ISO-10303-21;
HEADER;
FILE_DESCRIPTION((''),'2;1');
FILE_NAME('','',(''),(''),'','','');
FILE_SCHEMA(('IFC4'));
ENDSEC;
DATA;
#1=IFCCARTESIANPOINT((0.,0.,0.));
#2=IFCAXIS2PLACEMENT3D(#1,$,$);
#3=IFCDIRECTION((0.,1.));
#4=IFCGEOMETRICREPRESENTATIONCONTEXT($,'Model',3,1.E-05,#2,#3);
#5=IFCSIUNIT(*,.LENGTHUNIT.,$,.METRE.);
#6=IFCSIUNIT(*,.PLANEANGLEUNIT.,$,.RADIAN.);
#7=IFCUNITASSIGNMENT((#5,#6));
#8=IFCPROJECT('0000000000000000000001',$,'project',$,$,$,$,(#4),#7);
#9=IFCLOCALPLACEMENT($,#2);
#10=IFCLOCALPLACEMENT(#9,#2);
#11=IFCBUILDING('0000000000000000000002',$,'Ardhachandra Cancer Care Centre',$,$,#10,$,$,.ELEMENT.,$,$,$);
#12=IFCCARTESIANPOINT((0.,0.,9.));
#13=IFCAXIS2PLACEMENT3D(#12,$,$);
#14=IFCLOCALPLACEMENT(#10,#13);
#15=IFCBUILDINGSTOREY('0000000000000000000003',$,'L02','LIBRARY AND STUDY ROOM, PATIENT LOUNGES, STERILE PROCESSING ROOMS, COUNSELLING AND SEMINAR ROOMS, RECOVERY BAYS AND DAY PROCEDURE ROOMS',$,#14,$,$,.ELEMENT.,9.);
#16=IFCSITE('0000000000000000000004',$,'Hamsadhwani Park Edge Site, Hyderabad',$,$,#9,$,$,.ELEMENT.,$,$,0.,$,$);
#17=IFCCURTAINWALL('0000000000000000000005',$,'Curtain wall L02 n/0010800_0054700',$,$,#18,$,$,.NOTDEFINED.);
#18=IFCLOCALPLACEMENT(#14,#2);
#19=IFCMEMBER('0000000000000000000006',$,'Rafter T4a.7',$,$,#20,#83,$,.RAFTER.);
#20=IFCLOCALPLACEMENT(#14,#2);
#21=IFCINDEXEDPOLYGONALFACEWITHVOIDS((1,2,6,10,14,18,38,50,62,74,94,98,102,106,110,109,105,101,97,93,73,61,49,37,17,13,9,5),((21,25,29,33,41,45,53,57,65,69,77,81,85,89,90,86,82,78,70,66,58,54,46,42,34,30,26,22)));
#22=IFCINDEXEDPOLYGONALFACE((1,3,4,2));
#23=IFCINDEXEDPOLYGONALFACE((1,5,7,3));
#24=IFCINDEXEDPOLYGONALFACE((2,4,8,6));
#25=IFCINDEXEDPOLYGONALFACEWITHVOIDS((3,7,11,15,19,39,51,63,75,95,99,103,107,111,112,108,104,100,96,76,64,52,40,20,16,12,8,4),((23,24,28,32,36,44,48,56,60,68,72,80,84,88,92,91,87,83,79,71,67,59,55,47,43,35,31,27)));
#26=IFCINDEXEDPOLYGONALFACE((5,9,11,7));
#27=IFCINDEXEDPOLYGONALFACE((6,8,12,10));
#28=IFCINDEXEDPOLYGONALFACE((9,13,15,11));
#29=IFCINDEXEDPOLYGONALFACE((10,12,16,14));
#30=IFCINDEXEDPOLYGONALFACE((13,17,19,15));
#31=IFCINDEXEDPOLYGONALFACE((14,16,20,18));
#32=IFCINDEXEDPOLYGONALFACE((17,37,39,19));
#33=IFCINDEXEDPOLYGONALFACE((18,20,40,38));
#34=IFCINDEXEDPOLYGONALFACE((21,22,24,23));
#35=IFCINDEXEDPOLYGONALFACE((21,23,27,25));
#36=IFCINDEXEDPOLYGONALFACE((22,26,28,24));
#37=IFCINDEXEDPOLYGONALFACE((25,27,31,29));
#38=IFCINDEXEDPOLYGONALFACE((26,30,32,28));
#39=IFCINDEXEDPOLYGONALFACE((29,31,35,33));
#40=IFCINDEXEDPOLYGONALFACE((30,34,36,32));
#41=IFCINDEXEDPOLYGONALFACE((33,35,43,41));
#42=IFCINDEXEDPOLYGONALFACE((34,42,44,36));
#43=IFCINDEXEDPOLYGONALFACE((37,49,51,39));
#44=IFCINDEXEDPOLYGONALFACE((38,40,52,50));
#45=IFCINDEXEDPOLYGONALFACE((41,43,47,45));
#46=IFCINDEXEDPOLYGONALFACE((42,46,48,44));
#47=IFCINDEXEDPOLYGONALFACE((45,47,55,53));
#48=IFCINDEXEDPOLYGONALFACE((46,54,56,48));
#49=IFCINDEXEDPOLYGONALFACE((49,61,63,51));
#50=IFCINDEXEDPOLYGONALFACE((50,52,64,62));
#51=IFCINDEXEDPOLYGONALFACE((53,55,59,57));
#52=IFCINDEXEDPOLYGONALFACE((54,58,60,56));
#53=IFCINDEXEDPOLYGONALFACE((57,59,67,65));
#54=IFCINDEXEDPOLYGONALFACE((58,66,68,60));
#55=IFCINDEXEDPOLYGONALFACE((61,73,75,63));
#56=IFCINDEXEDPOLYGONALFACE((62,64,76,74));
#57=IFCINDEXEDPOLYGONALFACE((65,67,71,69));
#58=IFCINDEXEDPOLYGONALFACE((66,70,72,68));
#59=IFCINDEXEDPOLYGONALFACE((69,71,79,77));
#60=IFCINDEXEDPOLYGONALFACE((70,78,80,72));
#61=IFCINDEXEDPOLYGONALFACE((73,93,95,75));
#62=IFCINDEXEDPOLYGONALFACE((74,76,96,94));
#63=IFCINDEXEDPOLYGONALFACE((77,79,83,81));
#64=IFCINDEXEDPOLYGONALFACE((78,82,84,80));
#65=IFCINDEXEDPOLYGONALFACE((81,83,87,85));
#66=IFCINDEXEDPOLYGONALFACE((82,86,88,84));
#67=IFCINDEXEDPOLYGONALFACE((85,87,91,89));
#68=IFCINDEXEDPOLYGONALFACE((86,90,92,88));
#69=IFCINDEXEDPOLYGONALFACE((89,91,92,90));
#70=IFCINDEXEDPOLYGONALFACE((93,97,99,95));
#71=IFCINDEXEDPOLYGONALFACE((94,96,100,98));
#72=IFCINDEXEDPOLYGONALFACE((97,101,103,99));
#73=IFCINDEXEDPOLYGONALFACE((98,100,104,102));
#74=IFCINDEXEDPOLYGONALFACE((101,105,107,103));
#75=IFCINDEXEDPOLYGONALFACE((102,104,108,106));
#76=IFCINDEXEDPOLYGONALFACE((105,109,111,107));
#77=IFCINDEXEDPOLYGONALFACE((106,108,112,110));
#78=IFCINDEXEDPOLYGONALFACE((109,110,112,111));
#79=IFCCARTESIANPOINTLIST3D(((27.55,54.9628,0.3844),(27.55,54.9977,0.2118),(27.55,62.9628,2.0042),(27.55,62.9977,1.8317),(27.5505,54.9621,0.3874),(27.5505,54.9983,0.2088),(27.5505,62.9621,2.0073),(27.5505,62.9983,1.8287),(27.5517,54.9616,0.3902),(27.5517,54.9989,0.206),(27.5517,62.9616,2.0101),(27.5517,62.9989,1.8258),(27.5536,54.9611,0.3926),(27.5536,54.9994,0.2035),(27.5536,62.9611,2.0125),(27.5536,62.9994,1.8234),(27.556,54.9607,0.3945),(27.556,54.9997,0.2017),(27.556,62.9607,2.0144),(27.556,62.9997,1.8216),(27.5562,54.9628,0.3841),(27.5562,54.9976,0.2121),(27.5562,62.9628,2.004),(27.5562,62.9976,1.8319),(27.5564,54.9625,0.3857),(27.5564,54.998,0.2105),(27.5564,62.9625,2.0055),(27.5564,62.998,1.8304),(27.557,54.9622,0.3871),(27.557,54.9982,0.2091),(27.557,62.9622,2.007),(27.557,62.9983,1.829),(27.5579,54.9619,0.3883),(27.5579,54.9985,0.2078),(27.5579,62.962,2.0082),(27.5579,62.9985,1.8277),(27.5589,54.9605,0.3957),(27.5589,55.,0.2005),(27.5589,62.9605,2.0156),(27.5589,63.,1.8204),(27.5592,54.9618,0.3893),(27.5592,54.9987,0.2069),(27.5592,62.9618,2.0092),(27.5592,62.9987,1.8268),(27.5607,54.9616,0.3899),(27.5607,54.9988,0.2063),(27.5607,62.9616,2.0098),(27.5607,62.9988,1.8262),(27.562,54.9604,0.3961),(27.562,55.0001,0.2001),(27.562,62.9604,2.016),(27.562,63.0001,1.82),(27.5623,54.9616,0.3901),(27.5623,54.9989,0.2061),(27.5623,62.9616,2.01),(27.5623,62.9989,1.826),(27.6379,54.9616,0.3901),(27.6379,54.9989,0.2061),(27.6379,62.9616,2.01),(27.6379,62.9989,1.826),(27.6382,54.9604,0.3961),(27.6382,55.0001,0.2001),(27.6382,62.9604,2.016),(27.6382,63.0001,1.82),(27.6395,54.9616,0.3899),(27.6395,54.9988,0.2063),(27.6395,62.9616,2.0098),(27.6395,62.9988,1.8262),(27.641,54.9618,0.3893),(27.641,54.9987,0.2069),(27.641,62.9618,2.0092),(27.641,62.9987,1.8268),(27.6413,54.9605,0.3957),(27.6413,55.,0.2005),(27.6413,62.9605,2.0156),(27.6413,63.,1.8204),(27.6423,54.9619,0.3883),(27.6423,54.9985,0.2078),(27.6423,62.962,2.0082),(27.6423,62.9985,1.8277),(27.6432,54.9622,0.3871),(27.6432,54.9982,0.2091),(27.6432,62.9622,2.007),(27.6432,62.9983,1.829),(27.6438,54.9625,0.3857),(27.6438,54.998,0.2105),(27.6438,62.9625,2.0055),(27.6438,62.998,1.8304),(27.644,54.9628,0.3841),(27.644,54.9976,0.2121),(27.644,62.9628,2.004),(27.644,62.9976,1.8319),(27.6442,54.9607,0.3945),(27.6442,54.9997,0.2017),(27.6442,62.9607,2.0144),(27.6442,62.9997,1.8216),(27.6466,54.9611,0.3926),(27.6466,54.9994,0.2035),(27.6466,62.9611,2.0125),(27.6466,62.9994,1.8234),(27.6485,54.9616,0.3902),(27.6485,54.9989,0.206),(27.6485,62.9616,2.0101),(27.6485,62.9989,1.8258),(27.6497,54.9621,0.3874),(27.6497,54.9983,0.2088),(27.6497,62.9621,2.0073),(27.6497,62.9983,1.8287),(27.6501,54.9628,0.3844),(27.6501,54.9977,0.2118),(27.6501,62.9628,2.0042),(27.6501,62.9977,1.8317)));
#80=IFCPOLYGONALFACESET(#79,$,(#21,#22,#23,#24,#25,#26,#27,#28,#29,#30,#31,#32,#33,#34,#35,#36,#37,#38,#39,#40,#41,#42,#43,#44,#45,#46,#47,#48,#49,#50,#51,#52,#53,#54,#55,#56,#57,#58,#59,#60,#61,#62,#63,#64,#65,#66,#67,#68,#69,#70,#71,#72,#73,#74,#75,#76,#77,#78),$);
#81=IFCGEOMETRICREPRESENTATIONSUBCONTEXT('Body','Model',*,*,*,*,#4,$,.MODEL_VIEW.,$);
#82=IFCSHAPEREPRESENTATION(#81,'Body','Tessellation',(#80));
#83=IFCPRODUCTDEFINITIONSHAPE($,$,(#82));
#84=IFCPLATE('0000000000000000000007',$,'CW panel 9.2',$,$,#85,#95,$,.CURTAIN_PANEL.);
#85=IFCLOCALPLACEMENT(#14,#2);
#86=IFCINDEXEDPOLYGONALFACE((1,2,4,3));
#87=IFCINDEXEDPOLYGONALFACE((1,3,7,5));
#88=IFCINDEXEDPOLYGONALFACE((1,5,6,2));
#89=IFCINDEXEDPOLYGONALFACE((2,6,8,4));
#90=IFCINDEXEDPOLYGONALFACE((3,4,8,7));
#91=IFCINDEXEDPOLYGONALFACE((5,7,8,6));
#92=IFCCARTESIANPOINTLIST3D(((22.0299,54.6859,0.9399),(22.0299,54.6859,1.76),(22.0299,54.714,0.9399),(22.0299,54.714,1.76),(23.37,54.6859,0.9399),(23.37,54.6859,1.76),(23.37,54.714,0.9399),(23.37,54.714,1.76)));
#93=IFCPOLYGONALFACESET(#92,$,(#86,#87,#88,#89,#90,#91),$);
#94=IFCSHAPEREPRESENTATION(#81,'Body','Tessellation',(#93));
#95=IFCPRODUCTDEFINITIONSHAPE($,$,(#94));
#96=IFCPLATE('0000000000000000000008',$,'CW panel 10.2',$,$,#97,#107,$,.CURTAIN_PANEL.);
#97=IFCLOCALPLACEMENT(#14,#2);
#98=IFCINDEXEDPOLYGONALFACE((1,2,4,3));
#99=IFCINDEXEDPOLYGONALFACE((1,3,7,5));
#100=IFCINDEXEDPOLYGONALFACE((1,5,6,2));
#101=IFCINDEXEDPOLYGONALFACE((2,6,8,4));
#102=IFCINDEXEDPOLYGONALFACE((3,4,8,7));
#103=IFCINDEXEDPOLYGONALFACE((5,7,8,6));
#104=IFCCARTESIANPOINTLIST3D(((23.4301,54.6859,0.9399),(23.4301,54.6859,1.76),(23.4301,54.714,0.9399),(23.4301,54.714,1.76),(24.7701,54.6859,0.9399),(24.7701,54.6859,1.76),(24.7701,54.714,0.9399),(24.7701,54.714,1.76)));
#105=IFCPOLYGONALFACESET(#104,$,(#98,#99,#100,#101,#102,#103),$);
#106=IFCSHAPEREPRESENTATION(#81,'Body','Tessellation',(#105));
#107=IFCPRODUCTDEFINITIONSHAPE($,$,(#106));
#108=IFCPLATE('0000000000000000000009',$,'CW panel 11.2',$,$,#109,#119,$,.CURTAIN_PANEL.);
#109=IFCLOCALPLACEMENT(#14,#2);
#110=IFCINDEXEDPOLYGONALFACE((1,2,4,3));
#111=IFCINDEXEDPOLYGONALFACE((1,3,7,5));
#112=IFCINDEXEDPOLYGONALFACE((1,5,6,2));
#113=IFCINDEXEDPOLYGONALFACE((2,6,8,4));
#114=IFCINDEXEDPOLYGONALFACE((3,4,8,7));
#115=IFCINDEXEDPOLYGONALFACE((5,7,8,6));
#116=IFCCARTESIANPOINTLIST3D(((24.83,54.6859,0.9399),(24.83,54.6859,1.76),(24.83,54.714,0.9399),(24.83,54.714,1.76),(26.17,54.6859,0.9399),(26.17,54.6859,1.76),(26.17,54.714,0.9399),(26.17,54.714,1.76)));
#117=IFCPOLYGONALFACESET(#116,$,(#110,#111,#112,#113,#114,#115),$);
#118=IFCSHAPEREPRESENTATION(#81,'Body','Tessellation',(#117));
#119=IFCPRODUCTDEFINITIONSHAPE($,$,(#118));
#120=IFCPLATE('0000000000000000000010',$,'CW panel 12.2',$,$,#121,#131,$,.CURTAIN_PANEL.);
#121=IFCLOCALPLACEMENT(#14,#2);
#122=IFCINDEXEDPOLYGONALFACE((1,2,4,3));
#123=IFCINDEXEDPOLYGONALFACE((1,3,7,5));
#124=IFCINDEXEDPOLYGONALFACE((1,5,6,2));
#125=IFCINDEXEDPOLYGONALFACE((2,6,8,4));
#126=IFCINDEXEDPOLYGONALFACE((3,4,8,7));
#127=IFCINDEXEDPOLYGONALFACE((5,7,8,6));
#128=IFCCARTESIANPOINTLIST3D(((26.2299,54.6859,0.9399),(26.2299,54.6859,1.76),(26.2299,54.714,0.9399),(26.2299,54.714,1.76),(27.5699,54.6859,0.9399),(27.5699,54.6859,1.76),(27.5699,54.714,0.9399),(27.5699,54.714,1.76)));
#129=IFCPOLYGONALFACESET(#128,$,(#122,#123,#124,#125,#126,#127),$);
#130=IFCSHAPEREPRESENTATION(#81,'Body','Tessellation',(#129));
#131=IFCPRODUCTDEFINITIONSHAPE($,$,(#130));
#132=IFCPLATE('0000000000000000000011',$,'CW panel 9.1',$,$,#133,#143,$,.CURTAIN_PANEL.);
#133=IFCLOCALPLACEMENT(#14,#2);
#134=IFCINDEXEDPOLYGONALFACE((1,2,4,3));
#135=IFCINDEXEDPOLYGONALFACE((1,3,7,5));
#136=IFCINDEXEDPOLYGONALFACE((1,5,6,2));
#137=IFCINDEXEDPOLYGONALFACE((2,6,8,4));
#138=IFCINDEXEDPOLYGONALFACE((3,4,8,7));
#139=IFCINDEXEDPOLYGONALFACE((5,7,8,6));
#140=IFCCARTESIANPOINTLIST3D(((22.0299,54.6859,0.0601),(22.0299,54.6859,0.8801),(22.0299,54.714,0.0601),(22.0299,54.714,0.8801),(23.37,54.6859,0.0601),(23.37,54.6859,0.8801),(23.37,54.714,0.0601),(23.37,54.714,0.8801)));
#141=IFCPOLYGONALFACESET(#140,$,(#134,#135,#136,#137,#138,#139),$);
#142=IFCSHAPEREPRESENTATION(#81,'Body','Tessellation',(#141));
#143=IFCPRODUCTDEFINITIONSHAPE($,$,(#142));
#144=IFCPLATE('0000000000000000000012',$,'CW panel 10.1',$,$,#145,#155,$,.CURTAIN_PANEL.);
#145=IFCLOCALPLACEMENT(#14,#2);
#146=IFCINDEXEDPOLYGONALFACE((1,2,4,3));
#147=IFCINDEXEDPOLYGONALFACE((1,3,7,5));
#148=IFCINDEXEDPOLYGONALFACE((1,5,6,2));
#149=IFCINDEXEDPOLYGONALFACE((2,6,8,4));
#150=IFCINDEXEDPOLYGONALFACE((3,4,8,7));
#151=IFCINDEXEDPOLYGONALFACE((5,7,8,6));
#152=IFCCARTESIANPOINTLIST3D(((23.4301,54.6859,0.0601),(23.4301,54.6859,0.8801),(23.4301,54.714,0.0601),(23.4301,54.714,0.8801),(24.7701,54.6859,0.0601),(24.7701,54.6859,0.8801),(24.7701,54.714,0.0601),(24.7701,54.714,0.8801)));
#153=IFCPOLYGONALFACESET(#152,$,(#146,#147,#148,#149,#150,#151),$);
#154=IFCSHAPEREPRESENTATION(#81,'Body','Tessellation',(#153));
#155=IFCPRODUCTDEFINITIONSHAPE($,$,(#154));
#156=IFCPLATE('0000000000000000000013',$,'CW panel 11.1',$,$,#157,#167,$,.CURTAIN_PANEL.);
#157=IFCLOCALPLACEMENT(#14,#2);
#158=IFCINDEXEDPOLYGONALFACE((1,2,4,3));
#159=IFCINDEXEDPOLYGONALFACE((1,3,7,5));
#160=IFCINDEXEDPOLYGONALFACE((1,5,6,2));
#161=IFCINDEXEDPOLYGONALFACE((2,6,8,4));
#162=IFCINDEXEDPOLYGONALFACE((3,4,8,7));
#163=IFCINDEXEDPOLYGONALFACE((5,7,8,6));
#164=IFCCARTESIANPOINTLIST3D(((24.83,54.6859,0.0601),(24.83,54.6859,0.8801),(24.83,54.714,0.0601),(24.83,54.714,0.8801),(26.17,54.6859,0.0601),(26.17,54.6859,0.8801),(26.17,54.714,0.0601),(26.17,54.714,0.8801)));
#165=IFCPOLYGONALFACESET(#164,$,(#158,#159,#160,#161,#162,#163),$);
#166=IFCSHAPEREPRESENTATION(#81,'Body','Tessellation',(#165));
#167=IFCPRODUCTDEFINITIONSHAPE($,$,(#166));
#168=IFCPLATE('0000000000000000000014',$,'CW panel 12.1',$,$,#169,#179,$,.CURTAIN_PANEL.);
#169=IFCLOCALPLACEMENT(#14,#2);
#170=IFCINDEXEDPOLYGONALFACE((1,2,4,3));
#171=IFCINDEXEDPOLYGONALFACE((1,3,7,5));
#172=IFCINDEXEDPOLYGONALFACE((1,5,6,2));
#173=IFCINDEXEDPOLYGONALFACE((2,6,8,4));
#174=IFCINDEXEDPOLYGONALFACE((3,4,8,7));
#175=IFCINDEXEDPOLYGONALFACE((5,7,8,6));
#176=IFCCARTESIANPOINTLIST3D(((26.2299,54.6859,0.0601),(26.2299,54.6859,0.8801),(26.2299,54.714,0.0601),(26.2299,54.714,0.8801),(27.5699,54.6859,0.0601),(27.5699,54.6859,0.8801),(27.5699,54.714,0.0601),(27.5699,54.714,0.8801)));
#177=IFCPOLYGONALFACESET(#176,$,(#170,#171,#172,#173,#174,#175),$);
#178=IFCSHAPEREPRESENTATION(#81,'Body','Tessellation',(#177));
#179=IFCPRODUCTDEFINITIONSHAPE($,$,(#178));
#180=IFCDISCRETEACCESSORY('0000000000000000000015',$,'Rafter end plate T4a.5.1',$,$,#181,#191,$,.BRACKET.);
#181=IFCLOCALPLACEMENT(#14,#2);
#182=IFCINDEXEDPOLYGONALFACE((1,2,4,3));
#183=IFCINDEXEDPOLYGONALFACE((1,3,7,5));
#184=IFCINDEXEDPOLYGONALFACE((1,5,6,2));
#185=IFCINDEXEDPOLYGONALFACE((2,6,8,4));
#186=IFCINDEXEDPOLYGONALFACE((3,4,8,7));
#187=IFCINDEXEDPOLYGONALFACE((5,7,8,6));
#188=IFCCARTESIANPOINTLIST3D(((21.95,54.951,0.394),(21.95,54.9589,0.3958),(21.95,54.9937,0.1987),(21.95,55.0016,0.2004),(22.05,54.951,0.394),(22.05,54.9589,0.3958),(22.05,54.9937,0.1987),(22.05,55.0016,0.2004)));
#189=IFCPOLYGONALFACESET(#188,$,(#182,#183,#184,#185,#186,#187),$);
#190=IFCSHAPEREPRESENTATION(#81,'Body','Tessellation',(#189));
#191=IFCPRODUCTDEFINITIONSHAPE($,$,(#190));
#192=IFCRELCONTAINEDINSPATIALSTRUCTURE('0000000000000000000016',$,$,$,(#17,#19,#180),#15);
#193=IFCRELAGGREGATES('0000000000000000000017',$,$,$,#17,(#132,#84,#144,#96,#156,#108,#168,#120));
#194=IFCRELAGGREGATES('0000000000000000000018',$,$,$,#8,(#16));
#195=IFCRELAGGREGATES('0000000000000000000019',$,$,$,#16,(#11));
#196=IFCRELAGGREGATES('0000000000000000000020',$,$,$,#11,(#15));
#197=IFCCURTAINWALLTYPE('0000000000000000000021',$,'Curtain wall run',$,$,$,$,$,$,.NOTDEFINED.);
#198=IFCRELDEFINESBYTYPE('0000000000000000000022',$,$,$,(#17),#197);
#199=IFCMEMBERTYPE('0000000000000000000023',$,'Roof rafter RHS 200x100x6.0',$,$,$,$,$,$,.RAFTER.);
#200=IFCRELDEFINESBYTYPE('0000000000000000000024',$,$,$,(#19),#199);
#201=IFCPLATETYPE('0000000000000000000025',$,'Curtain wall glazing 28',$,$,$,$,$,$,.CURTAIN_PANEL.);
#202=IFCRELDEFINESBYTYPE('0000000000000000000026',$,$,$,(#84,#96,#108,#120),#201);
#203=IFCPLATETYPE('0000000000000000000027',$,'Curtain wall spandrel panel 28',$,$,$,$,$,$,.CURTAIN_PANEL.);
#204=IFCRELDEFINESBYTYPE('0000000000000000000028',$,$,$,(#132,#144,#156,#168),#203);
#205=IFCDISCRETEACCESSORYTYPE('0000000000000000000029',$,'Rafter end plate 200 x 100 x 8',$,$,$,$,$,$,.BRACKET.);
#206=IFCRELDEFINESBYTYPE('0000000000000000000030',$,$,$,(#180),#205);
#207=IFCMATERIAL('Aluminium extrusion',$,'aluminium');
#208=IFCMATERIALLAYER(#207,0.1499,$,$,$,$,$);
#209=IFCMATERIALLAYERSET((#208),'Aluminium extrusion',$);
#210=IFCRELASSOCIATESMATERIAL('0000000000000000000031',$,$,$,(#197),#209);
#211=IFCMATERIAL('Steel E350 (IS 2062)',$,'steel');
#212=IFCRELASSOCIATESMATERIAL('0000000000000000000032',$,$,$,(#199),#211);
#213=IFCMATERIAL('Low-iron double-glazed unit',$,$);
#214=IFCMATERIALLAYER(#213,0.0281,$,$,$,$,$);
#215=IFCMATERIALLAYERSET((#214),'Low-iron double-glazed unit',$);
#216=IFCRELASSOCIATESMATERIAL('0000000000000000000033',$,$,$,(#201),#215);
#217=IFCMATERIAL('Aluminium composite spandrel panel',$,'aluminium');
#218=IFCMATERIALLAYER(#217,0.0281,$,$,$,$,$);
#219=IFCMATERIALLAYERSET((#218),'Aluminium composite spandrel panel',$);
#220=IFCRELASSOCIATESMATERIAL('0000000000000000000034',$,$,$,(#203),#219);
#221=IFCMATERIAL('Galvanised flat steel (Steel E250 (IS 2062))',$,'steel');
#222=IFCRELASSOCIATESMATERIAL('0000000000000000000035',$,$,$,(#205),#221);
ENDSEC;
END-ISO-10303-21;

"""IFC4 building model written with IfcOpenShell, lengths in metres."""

from ifc_helpers import new_model, si_unit, direction, frame, origin, origin_2d, place, context, subcontext, project, spatial, rectangle, hollow_rectangle, extrude, material, layer, layer_set, material_profile, profile_set, type_object, element, aggregate, save


model = new_model("IFC4")

# Units and contexts
model_context = context("Model", 3, precision=1e-05, world=origin(), true_north=direction((0.0, 1.0)))
body_context = subcontext(model_context, "Body", "Model", "MODEL_VIEW")
ifc_project = project(units=[si_unit("LENGTHUNIT", "METRE"), si_unit("PLANEANGLEUNIT", "RADIAN")], contexts=[model_context])

# Site, building, storey
site_placement = place(None, origin())
site = spatial("IfcSite", under=ifc_project, at=site_placement, Name="Hamsadhwani Park Edge Site, Hyderabad", CompositionType="ELEMENT", RefElevation=0.0)
building_placement = place(site_placement, origin())
building = spatial("IfcBuilding", under=site, at=building_placement, Name="Ardhachandra Cancer Care Centre", CompositionType="ELEMENT")
storey_placement = place(building_placement, frame((0.0, 0.0, 9.0)))
storey = spatial("IfcBuildingStorey", under=building, at=storey_placement, Name="L02", Description="LIBRARY AND STUDY ROOM, PATIENT LOUNGES, STERILE PROCESSING ROOMS, COUNSELLING AND SEMINAR ROOMS, RECOVERY BAYS AND DAY PROCEDURE ROOMS", CompositionType="ELEMENT", Elevation=9.0)

# Curtain wall
ifc_material_1 = material(Name="Aluminium extrusion", Category="aluminium")
ifc_layer_1 = layer(ifc_material_1, 0.1499)
ifc_layer_set_1 = layer_set([ifc_layer_1], Name="Aluminium extrusion")
curtain_wall_type = type_object("IfcCurtainWallType", Name="Curtain wall run", PredefinedType="NOTDEFINED", material=ifc_layer_set_1)
curtain_wall_placement = place(storey_placement, origin())
curtain_wall = element("IfcCurtainWall", 1, at=curtain_wall_placement, inside=storey, type_object=curtain_wall_type, Name="Curtain wall L02 n/0010800_0054700", PredefinedType="NOTDEFINED")

# Member
ifc_material_2 = material(Name="Steel E350 (IS 2062)", Category="steel")
ifc_material_profile_1 = material_profile(ifc_material_2, hollow_rectangle(XDim=0.1001, YDim=0.2, WallThickness=0.0061, InnerFilletRadius=0.0061, OuterFilletRadius=0.012, at=origin_2d()), Name="RHS 200x100x6.0")
ifc_profile_set_1 = profile_set([ifc_material_profile_1], Name="Steel E350 (IS 2062)")
member_type_1 = type_object("IfcMemberType", Name="Roof rafter RHS 200x100x6.0", PredefinedType="RAFTER", material=ifc_profile_set_1)
for number, where, z_axis, x_axis, name in (
    (2, (27.6001, 54.9802, 0.2981), (0.0, 0.98011, 0.198457), (-1.0, 0.0, 0.0), "Rafter T4a.7"),
):
    element("IfcMember", number, at=place(storey_placement, frame(where, z_axis=z_axis, x_axis=x_axis)), inside=storey, type_object=member_type_1, Name=name, PredefinedType="RAFTER", context=body_context, shape_type="SweptSolid", body=[
        extrude(hollow_rectangle(XDim=0.1001, YDim=0.2, WallThickness=0.0061, InnerFilletRadius=0.0061, OuterFilletRadius=0.012, at=origin_2d()), origin(), (0.0, 0.0, 1.0), 8.1624),
    ])

# Plates
ifc_material_3 = material(Name="Low-iron double-glazed unit")
ifc_layer_2 = layer(ifc_material_3, 0.0281)
ifc_layer_set_2 = layer_set([ifc_layer_2], Name="Low-iron double-glazed unit")
plate_type_1 = type_object("IfcPlateType", Name="Curtain wall glazing 28", PredefinedType="CURTAIN_PANEL", material=ifc_layer_set_2)
plate_1_placement = place(storey_placement, frame((22.7, 54.7, 0.9399), z_axis=(0.0, 0.0, 1.0), x_axis=(1.0, 0.0, 0.0)))
plate_1 = element("IfcPlate", 3, at=plate_1_placement, type_object=plate_type_1, Name="CW panel 9.2", PredefinedType="CURTAIN_PANEL", context=body_context, shape_type="SweptSolid", body=[
    extrude(rectangle(XDim=1.3401, YDim=0.0281, at=origin_2d()), origin(), (0.0, 0.0, 1.0), 0.8201),
])
plate_2_placement = place(storey_placement, frame((24.1001, 54.7, 0.9399), z_axis=(0.0, 0.0, 1.0), x_axis=(1.0, 0.0, 0.0)))
plate_2 = element("IfcPlate", 4, at=plate_2_placement, type_object=plate_type_1, Name="CW panel 10.2", PredefinedType="CURTAIN_PANEL", context=body_context, shape_type="SweptSolid", body=[
    extrude(rectangle(XDim=1.3401, YDim=0.0281, at=origin_2d()), origin(), (0.0, 0.0, 1.0), 0.8201),
])
plate_3_placement = place(storey_placement, frame((25.5, 54.7, 0.9399), z_axis=(0.0, 0.0, 1.0), x_axis=(1.0, 0.0, 0.0)))
plate_3 = element("IfcPlate", 5, at=plate_3_placement, type_object=plate_type_1, Name="CW panel 11.2", PredefinedType="CURTAIN_PANEL", context=body_context, shape_type="SweptSolid", body=[
    extrude(rectangle(XDim=1.3401, YDim=0.0281, at=origin_2d()), origin(), (0.0, 0.0, 1.0), 0.8201),
])
plate_4_placement = place(storey_placement, frame((26.8999, 54.7, 0.9399), z_axis=(0.0, 0.0, 1.0), x_axis=(1.0, 0.0, 0.0)))
plate_4 = element("IfcPlate", 6, at=plate_4_placement, type_object=plate_type_1, Name="CW panel 12.2", PredefinedType="CURTAIN_PANEL", context=body_context, shape_type="SweptSolid", body=[
    extrude(rectangle(XDim=1.3401, YDim=0.0281, at=origin_2d()), origin(), (0.0, 0.0, 1.0), 0.8201),
])
ifc_material_4 = material(Name="Aluminium composite spandrel panel", Category="aluminium")
ifc_layer_3 = layer(ifc_material_4, 0.0281)
ifc_layer_set_3 = layer_set([ifc_layer_3], Name="Aluminium composite spandrel panel")
plate_type_2 = type_object("IfcPlateType", Name="Curtain wall spandrel panel 28", PredefinedType="CURTAIN_PANEL", material=ifc_layer_set_3)
plate_5_placement = place(storey_placement, frame((22.7, 54.7, 0.0601), z_axis=(0.0, 0.0, 1.0), x_axis=(1.0, 0.0, 0.0)))
plate_5 = element("IfcPlate", 7, at=plate_5_placement, type_object=plate_type_2, Name="CW panel 9.1", PredefinedType="CURTAIN_PANEL", context=body_context, shape_type="SweptSolid", body=[
    extrude(rectangle(XDim=1.3401, YDim=0.0281, at=origin_2d()), origin(), (0.0, 0.0, 1.0), 0.8201),
])
plate_6_placement = place(storey_placement, frame((24.1001, 54.7, 0.0601), z_axis=(0.0, 0.0, 1.0), x_axis=(1.0, 0.0, 0.0)))
plate_6 = element("IfcPlate", 8, at=plate_6_placement, type_object=plate_type_2, Name="CW panel 10.1", PredefinedType="CURTAIN_PANEL", context=body_context, shape_type="SweptSolid", body=[
    extrude(rectangle(XDim=1.3401, YDim=0.0281, at=origin_2d()), origin(), (0.0, 0.0, 1.0), 0.8201),
])
plate_7_placement = place(storey_placement, frame((25.5, 54.7, 0.0601), z_axis=(0.0, 0.0, 1.0), x_axis=(1.0, 0.0, 0.0)))
plate_7 = element("IfcPlate", 9, at=plate_7_placement, type_object=plate_type_2, Name="CW panel 11.1", PredefinedType="CURTAIN_PANEL", context=body_context, shape_type="SweptSolid", body=[
    extrude(rectangle(XDim=1.3401, YDim=0.0281, at=origin_2d()), origin(), (0.0, 0.0, 1.0), 0.8201),
])
plate_8_placement = place(storey_placement, frame((26.8999, 54.7, 0.0601), z_axis=(0.0, 0.0, 1.0), x_axis=(1.0, 0.0, 0.0)))
plate_8 = element("IfcPlate", 10, at=plate_8_placement, type_object=plate_type_2, Name="CW panel 12.1", PredefinedType="CURTAIN_PANEL", context=body_context, shape_type="SweptSolid", body=[
    extrude(rectangle(XDim=1.3401, YDim=0.0281, at=origin_2d()), origin(), (0.0, 0.0, 1.0), 0.8201),
])
aggregate(curtain_wall, [plate_5, plate_1, plate_6, plate_2, plate_7, plate_3, plate_8, plate_4])

# Discrete accessory
ifc_material_5 = material(Name="Galvanised flat steel (Steel E250 (IS 2062))", Category="steel")
ifc_material_profile_2 = material_profile(ifc_material_5, rectangle(XDim=0.1001, YDim=0.2, at=origin_2d()), Name="Rafter end plate 200 x 100 x 8")
ifc_profile_set_2 = profile_set([ifc_material_profile_2], Name="Galvanised flat steel (Steel E250 (IS 2062))")
discrete_accessory_type = type_object("IfcDiscreteAccessoryType", Name="Rafter end plate 200 x 100 x 8", PredefinedType="BRACKET", material=ifc_profile_set_2)
for number, where, z_axis, x_axis, name in (
    (11, (22.0, 54.9802, 0.2981), (0.0, -0.9769, -0.213697), (1.0, 0.0, 0.0), "Rafter end plate T4a.5.1"),
):
    element("IfcDiscreteAccessory", number, at=place(storey_placement, frame(where, z_axis=z_axis, x_axis=x_axis)), inside=storey, type_object=discrete_accessory_type, Name=name, PredefinedType="BRACKET", context=body_context, shape_type="SweptSolid", body=[
        extrude(rectangle(XDim=0.1001, YDim=0.2, at=origin_2d()), origin(), (0.0, 0.0, 1.0), 0.0081),
    ])

save(model, "model.ifc")
